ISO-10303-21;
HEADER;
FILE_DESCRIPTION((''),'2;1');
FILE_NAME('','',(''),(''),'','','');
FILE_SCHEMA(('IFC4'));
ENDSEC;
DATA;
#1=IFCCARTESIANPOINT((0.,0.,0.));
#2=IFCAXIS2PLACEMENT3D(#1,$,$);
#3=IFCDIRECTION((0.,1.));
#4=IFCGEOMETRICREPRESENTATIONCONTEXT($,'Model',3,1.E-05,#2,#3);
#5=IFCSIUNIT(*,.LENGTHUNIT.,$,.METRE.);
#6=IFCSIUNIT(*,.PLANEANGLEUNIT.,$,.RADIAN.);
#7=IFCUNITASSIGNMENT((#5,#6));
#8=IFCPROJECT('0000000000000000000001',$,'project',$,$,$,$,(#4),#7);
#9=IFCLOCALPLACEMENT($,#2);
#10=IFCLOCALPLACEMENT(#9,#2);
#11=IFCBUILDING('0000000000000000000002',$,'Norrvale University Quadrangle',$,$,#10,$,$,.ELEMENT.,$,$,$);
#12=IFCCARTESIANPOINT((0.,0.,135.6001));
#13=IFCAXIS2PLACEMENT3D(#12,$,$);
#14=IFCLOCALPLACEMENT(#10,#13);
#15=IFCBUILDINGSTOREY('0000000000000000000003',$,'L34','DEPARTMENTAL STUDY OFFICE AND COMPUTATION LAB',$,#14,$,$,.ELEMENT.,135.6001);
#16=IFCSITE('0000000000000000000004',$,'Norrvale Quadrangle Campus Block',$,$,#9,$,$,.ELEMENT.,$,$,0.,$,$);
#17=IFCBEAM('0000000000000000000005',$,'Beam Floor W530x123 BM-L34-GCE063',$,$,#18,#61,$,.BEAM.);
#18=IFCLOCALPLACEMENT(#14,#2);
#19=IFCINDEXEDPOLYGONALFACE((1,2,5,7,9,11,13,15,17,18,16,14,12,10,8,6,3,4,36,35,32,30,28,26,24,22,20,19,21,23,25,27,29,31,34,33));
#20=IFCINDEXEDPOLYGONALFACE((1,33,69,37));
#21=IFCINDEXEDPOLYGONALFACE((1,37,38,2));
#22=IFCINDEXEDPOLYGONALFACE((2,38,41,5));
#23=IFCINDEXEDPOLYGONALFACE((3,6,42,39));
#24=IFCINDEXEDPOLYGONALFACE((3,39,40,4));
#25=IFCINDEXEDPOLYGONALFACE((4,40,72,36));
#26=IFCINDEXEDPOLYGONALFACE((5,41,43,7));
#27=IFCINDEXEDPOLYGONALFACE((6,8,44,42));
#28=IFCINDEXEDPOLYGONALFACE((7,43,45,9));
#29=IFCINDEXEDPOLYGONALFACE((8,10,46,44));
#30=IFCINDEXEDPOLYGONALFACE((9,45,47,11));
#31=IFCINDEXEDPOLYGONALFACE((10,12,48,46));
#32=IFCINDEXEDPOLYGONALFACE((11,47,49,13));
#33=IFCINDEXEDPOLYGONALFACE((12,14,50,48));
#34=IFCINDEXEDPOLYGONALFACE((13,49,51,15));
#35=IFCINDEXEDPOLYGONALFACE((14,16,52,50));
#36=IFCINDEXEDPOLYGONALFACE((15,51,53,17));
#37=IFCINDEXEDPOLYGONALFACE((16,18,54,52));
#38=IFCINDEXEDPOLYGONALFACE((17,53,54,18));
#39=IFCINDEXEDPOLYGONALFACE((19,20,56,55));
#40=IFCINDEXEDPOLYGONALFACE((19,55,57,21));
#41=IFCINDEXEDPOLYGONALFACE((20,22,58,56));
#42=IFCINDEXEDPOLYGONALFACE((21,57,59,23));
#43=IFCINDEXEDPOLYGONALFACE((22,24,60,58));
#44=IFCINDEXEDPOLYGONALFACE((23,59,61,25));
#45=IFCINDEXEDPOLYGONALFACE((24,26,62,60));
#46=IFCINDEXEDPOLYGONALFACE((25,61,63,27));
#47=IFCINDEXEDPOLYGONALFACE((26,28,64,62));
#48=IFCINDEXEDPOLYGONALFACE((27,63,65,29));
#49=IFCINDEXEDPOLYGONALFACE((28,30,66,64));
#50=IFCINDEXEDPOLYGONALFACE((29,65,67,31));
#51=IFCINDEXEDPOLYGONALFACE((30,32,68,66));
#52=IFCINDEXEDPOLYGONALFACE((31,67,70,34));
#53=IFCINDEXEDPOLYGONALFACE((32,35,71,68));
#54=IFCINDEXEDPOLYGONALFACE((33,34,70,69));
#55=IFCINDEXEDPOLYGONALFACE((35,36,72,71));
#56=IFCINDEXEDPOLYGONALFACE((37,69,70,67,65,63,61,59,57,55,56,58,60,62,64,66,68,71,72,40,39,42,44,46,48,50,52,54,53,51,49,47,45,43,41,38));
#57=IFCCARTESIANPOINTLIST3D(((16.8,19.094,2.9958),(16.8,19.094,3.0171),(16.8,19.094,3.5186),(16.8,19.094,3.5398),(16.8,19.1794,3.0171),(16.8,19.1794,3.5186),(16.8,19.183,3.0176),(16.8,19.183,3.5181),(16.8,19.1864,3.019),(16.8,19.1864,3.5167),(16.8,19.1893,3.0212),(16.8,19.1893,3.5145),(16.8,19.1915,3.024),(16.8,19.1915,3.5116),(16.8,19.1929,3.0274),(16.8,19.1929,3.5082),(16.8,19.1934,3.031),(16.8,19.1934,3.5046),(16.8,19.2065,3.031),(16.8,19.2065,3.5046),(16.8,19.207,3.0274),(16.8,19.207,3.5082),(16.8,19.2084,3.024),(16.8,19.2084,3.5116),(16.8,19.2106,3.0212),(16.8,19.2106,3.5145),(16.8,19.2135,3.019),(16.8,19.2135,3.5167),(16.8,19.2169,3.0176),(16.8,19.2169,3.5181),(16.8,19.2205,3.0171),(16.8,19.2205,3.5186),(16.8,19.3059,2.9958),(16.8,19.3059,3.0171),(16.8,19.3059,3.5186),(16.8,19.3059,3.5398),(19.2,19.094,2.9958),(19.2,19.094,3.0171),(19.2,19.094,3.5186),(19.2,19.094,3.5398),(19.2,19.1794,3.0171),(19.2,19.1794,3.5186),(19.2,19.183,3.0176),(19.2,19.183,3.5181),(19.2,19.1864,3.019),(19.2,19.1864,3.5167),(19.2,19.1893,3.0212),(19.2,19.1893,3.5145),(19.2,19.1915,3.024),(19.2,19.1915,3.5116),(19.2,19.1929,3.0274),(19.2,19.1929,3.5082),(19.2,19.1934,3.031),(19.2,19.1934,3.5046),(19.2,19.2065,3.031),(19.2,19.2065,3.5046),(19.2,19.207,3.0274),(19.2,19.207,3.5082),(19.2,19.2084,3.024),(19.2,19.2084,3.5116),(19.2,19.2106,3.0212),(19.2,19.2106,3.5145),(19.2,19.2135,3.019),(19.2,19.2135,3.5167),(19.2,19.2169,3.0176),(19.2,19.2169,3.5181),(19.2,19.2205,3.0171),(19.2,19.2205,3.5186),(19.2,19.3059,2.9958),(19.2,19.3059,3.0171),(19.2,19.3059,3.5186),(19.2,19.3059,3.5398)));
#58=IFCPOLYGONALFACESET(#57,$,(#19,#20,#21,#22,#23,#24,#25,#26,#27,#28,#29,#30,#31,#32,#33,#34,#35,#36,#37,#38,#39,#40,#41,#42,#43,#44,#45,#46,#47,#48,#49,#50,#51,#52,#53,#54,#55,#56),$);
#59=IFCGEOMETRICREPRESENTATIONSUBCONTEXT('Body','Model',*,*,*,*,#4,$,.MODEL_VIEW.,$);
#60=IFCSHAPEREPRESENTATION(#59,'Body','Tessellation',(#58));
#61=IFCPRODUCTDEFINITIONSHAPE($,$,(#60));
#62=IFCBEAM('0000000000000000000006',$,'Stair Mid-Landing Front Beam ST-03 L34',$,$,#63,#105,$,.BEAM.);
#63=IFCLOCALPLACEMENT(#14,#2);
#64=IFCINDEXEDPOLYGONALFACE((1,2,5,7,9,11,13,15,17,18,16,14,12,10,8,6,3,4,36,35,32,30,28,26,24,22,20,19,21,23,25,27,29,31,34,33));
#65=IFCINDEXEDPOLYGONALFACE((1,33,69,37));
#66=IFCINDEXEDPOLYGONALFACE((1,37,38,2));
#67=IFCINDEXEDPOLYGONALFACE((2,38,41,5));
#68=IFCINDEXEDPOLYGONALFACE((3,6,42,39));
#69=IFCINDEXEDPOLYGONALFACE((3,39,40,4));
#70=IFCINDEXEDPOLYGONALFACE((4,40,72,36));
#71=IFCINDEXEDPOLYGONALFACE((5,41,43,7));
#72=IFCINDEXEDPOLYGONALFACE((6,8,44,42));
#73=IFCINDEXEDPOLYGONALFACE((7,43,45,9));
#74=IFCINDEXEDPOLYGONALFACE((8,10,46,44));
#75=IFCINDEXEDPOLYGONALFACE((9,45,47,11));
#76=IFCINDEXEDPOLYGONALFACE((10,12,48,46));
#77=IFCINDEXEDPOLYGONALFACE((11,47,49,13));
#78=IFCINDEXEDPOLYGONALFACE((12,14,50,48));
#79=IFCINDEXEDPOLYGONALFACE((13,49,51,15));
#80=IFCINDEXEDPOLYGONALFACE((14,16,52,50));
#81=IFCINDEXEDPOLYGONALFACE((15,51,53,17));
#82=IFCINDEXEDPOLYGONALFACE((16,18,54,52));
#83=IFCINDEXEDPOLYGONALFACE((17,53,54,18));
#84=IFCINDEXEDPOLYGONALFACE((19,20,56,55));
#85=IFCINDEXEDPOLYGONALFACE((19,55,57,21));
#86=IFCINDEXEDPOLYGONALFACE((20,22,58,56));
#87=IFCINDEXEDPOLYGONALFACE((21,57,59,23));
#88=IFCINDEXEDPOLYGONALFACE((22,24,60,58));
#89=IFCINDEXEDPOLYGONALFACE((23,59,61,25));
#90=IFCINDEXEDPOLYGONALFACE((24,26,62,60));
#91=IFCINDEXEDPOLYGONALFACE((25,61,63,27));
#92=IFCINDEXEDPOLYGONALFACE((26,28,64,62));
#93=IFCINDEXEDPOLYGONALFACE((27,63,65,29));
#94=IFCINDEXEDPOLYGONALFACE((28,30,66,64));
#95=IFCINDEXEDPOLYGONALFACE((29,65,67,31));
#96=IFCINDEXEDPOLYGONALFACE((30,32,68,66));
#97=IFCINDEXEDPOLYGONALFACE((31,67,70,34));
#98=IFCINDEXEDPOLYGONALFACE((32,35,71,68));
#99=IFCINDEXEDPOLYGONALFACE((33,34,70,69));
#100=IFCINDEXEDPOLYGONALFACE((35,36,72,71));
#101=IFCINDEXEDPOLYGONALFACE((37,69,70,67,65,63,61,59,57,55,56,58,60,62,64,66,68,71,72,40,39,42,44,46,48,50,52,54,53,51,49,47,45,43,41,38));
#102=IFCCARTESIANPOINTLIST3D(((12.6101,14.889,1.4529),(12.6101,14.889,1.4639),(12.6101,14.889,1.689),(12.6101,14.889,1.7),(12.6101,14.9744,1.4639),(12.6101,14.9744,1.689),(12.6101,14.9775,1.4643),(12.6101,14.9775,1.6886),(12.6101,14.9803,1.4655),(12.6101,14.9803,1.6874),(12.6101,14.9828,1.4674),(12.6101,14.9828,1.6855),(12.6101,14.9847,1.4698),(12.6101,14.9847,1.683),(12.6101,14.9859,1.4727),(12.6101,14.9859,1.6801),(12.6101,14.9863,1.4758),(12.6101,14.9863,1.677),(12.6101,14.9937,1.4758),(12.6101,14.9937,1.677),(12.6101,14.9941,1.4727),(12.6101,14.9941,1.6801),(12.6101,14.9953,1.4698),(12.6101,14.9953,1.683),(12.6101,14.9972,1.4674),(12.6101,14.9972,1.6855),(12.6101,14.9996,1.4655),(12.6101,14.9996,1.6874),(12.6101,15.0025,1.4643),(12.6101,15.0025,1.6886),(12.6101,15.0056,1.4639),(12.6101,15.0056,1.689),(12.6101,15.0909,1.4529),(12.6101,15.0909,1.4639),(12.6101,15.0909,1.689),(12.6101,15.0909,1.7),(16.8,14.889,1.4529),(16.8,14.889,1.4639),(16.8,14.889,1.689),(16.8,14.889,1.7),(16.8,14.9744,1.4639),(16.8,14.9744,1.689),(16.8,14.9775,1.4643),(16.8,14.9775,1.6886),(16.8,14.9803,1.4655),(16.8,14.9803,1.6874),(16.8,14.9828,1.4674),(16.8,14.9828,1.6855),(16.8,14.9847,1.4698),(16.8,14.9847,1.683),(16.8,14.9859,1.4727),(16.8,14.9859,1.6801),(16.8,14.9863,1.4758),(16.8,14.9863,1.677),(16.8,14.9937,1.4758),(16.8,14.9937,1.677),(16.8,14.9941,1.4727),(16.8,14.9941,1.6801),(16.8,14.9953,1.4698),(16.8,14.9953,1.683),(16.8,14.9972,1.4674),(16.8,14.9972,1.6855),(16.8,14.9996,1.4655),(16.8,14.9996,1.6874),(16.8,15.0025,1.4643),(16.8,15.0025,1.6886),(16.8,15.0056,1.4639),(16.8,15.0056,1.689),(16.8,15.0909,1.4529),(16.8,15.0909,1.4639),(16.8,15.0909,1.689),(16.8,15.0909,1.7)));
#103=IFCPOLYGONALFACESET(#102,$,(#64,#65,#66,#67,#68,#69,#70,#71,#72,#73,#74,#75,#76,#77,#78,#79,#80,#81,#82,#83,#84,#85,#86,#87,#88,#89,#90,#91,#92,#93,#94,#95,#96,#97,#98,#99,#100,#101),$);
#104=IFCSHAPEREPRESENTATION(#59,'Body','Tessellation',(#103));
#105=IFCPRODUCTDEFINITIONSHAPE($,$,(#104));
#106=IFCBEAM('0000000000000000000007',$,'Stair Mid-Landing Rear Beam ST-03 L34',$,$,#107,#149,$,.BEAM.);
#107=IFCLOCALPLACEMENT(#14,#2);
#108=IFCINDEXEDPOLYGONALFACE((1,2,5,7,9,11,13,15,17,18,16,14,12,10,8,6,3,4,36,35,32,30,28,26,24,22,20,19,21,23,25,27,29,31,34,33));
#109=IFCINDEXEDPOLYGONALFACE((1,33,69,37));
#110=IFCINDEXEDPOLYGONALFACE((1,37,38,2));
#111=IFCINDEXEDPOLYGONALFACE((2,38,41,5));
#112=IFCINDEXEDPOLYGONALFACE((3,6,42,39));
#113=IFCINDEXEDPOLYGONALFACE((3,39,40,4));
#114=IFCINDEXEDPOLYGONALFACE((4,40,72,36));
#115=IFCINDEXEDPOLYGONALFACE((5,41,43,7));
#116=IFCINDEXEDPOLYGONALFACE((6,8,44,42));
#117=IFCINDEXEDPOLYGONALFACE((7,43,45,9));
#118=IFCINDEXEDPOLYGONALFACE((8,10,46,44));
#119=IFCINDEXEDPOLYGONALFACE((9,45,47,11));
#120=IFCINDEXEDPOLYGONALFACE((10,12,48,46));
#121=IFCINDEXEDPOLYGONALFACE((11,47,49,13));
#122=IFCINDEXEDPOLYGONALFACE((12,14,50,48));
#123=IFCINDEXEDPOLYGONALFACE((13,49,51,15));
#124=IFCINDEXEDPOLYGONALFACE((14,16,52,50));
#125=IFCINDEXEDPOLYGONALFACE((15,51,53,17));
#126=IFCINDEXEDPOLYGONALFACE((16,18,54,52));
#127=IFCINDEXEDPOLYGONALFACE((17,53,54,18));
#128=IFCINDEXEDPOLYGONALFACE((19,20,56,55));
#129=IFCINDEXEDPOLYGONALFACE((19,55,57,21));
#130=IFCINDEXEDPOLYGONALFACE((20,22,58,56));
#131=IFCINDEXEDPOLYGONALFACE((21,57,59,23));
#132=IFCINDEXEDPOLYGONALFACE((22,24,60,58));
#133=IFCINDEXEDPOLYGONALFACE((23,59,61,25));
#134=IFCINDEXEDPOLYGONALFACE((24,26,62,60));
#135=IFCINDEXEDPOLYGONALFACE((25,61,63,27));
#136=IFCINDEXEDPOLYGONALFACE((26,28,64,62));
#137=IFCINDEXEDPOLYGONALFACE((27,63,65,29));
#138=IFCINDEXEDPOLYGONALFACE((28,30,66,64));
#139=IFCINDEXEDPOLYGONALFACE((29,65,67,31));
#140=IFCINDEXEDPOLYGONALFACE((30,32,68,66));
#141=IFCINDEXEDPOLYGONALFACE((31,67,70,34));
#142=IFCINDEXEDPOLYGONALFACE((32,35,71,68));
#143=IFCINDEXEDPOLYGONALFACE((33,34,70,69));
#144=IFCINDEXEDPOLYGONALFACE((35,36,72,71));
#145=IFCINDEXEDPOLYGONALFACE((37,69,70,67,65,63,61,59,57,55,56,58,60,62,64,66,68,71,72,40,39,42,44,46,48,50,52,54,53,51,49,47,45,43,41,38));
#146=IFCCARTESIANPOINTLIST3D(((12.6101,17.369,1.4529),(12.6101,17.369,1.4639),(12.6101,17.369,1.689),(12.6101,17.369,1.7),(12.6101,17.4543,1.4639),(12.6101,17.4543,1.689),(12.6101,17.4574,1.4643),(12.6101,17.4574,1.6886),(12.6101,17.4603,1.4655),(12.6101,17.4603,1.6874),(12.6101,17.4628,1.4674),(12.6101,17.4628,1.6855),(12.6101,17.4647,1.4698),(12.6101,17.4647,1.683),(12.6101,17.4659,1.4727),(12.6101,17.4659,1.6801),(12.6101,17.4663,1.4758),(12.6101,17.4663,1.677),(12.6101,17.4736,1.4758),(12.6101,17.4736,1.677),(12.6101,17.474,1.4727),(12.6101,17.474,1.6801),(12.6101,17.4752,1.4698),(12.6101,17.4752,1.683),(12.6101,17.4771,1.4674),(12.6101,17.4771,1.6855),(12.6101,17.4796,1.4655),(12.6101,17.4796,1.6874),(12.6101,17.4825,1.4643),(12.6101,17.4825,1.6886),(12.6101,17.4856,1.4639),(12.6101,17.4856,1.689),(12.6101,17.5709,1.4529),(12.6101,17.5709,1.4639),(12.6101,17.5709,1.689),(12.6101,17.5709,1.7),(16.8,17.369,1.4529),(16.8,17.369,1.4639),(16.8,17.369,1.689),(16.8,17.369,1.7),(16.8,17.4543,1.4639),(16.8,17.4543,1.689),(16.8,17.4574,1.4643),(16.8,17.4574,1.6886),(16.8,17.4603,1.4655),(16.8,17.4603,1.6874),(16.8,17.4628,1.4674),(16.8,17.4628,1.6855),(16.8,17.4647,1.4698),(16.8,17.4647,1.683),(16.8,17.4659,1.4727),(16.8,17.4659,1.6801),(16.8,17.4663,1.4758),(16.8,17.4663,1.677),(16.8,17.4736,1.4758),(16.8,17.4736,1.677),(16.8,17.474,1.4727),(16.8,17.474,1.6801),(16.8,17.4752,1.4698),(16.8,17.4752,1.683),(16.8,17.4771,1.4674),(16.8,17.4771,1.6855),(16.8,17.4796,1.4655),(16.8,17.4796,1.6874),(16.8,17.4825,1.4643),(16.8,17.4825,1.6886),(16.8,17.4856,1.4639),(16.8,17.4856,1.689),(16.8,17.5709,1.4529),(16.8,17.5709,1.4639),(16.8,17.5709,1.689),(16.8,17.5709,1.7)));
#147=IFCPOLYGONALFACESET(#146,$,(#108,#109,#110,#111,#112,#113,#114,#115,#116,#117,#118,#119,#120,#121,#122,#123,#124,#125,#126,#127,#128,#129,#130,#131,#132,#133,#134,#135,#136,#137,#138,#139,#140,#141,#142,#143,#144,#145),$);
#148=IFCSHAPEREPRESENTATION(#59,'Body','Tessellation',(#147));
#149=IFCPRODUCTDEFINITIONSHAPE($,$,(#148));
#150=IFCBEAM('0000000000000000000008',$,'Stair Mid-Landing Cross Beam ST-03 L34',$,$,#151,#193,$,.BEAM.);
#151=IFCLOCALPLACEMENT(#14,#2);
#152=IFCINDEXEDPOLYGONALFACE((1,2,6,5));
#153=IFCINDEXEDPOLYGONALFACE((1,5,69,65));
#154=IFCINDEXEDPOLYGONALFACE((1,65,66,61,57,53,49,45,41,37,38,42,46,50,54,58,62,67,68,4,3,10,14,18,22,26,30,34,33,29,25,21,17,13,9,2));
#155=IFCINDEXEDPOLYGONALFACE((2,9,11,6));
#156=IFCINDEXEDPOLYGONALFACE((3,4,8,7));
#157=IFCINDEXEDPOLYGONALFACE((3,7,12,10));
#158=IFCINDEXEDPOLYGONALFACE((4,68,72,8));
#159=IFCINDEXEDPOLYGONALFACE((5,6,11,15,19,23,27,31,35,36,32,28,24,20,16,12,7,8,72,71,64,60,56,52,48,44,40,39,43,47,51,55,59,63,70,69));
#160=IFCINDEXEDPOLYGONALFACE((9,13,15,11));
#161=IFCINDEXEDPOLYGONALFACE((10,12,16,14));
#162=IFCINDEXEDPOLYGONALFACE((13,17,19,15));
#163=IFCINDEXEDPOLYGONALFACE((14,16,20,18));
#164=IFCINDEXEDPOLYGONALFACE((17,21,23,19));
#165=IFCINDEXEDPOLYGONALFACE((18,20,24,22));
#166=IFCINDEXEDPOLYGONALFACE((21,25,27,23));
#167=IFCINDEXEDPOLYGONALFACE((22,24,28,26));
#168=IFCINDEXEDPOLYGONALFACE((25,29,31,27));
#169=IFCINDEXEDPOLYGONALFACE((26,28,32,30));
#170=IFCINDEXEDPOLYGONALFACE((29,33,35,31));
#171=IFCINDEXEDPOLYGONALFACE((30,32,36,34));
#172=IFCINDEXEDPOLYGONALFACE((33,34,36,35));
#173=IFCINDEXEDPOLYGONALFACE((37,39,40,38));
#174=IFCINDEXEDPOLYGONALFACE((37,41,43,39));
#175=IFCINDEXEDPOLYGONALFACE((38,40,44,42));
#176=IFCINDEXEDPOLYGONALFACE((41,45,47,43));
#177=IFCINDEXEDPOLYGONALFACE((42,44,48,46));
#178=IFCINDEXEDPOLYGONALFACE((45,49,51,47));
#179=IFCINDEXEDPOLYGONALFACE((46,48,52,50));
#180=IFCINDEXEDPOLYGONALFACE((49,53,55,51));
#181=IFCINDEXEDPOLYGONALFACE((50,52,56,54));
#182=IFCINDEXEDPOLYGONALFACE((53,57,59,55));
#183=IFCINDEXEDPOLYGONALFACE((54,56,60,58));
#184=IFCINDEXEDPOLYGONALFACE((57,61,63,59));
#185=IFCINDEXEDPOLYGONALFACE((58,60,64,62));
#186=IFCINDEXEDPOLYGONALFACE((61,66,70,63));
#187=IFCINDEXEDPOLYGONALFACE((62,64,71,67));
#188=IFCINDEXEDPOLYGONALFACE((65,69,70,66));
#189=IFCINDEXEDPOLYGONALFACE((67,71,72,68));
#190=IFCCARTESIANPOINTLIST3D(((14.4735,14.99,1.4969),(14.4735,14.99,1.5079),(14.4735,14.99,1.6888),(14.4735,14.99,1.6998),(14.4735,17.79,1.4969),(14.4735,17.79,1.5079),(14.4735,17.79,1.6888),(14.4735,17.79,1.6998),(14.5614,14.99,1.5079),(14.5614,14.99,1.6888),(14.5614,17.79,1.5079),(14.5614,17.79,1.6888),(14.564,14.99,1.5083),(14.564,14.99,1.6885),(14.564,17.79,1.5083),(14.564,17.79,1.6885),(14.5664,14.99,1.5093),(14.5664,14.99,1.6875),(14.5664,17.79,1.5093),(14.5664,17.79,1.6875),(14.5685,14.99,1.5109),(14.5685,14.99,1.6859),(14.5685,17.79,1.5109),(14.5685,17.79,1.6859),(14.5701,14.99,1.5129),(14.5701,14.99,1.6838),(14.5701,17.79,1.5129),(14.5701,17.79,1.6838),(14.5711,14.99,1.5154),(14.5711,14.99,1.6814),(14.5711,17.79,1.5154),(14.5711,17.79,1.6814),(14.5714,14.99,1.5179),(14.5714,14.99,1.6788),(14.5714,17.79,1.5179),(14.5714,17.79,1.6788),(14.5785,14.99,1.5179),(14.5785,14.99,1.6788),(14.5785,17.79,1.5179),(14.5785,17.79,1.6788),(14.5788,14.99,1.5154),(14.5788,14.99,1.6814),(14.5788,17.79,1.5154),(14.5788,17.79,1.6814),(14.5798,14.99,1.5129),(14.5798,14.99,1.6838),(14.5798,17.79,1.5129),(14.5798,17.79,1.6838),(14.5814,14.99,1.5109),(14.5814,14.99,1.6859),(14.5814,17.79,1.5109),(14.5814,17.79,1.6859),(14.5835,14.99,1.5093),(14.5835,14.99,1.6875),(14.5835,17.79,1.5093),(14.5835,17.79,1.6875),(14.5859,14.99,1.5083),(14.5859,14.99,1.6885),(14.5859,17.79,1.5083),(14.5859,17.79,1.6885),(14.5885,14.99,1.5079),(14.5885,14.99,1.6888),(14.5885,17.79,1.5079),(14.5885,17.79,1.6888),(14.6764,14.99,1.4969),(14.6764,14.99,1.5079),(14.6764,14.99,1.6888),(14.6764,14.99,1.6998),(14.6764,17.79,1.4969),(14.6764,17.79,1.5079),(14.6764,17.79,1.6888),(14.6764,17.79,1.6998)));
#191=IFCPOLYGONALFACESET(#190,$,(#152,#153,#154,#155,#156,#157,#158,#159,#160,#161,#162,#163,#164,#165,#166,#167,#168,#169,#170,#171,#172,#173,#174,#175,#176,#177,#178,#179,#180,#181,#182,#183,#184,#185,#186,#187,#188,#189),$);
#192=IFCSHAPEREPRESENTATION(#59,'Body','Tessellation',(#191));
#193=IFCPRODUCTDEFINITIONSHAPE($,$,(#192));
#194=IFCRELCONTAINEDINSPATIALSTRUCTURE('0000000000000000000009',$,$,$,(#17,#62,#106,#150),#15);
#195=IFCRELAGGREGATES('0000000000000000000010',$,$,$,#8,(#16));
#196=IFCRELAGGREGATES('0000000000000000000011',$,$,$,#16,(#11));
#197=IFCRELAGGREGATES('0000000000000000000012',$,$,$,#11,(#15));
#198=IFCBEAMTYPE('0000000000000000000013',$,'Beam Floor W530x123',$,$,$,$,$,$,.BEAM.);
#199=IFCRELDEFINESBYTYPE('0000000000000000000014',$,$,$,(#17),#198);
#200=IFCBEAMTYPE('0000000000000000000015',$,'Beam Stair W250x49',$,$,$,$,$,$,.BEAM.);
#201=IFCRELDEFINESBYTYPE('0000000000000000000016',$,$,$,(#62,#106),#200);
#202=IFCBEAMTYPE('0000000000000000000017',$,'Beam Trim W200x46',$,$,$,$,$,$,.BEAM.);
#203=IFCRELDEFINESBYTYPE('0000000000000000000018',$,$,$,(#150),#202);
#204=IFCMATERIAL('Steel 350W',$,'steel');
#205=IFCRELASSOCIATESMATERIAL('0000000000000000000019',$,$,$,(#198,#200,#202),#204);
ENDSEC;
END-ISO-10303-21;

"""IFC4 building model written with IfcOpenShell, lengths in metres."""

from ifc_helpers import new_model, si_unit, direction, frame, origin, origin_2d, place, context, subcontext, project, spatial, i_section, extrude, material, material_profile, profile_set, type_object, element, save


model = new_model("IFC4")

# Units and contexts
model_context = context("Model", 3, precision=1e-05, world=origin(), true_north=direction((0.0, 1.0)))
body_context = subcontext(model_context, "Body", "Model", "MODEL_VIEW")
ifc_project = project(units=[si_unit("LENGTHUNIT", "METRE"), si_unit("PLANEANGLEUNIT", "RADIAN")], contexts=[model_context])

# Site, building, storey
site_placement = place(None, origin())
site = spatial("IfcSite", under=ifc_project, at=site_placement, Name="Norrvale Quadrangle Campus Block", CompositionType="ELEMENT", RefElevation=0.0)
building_placement = place(site_placement, origin())
building = spatial("IfcBuilding", under=site, at=building_placement, Name="Norrvale University Quadrangle", CompositionType="ELEMENT")
storey_placement = place(building_placement, frame((0.0, 0.0, 135.6001)))
storey = spatial("IfcBuildingStorey", under=building, at=storey_placement, Name="L34", Description="DEPARTMENTAL STUDY OFFICE AND COMPUTATION LAB", CompositionType="ELEMENT", Elevation=135.6001)

# Beams
ifc_material_1 = material(Name="Steel 350W", Category="steel")
ifc_material_profile_1 = material_profile(ifc_material_1, i_section(OverallWidth=0.2119, OverallDepth=0.5439, WebThickness=0.0132, FlangeThickness=0.0212, FilletRadius=0.0139, at=origin_2d()), Name="Steel 350W")
ifc_profile_set_1 = profile_set([ifc_material_profile_1], Name="Steel 350W")
beam_type_1 = type_object("IfcBeamType", Name="Beam Floor W530x123", PredefinedType="BEAM", material=ifc_profile_set_1)
beam_1_placement = place(storey_placement, frame((16.8, 19.2, 3.2678), z_axis=(1.0, 0.0, 0.0), x_axis=(0.0, 1.0, 0.0)))
element("IfcBeam", 1, at=beam_1_placement, inside=storey, type_object=beam_type_1, Name="Beam Floor W530x123 BM-L34-GCE063", PredefinedType="BEAM", context=body_context, shape_type="SweptSolid", body=[
    extrude(i_section(OverallWidth=0.2119, OverallDepth=0.5439, WebThickness=0.0132, FlangeThickness=0.0212, FilletRadius=0.0139, at=origin_2d()), origin(), (0.0, 0.0, 1.0), 2.3999),
])
ifc_material_profile_2 = material_profile(ifc_material_1, i_section(OverallWidth=0.2019, OverallDepth=0.2471, WebThickness=0.0073, FlangeThickness=0.011, FilletRadius=0.012, at=origin_2d()), Name="Steel 350W")
ifc_profile_set_2 = profile_set([ifc_material_profile_2], Name="Steel 350W")
beam_type_2 = type_object("IfcBeamType", Name="Beam Stair W250x49", PredefinedType="BEAM", material=ifc_profile_set_2)
for number, where, z_axis, x_axis, name in (
    (2, (12.6101, 14.99, 1.5764), (1.0, 0.0, 0.0), (0.0, 1.0, 0.0), "Stair Mid-Landing Front Beam ST-03 L34"),
    (3, (12.6101, 17.47, 1.5764), (1.0, 0.0, 0.0), (0.0, 1.0, 0.0), "Stair Mid-Landing Rear Beam ST-03 L34"),
):
    element("IfcBeam", number, at=place(storey_placement, frame(where, z_axis=z_axis, x_axis=x_axis)), inside=storey, type_object=beam_type_2, Name=name, PredefinedType="BEAM", context=body_context, shape_type="SweptSolid", body=[
        extrude(i_section(OverallWidth=0.2019, OverallDepth=0.2471, WebThickness=0.0073, FlangeThickness=0.011, FilletRadius=0.012, at=origin_2d()), origin(), (0.0, 0.0, 1.0), 4.1899),
    ])
ifc_material_profile_3 = material_profile(ifc_material_1, i_section(OverallWidth=0.2029, OverallDepth=0.2029, WebThickness=0.0071, FlangeThickness=0.011, FilletRadius=0.01, at=origin_2d()), Name="Steel 350W")
ifc_profile_set_3 = profile_set([ifc_material_profile_3], Name="Steel 350W")
beam_type_3 = type_object("IfcBeamType", Name="Beam Trim W200x46", PredefinedType="BEAM", material=ifc_profile_set_3)
beam_2_placement = place(storey_placement, frame((14.575, 14.99, 1.5984), z_axis=(0.0, 1.0, 0.0), x_axis=(-1.0, 0.0, 0.0)))
element("IfcBeam", 4, at=beam_2_placement, inside=storey, type_object=beam_type_3, Name="Stair Mid-Landing Cross Beam ST-03 L34", PredefinedType="BEAM", context=body_context, shape_type="SweptSolid", body=[
    extrude(i_section(OverallWidth=0.2029, OverallDepth=0.2029, WebThickness=0.0071, FlangeThickness=0.011, FilletRadius=0.01, at=origin_2d()), origin(), (0.0, 0.0, 1.0), 2.8),
])

save(model, "model.ifc")
